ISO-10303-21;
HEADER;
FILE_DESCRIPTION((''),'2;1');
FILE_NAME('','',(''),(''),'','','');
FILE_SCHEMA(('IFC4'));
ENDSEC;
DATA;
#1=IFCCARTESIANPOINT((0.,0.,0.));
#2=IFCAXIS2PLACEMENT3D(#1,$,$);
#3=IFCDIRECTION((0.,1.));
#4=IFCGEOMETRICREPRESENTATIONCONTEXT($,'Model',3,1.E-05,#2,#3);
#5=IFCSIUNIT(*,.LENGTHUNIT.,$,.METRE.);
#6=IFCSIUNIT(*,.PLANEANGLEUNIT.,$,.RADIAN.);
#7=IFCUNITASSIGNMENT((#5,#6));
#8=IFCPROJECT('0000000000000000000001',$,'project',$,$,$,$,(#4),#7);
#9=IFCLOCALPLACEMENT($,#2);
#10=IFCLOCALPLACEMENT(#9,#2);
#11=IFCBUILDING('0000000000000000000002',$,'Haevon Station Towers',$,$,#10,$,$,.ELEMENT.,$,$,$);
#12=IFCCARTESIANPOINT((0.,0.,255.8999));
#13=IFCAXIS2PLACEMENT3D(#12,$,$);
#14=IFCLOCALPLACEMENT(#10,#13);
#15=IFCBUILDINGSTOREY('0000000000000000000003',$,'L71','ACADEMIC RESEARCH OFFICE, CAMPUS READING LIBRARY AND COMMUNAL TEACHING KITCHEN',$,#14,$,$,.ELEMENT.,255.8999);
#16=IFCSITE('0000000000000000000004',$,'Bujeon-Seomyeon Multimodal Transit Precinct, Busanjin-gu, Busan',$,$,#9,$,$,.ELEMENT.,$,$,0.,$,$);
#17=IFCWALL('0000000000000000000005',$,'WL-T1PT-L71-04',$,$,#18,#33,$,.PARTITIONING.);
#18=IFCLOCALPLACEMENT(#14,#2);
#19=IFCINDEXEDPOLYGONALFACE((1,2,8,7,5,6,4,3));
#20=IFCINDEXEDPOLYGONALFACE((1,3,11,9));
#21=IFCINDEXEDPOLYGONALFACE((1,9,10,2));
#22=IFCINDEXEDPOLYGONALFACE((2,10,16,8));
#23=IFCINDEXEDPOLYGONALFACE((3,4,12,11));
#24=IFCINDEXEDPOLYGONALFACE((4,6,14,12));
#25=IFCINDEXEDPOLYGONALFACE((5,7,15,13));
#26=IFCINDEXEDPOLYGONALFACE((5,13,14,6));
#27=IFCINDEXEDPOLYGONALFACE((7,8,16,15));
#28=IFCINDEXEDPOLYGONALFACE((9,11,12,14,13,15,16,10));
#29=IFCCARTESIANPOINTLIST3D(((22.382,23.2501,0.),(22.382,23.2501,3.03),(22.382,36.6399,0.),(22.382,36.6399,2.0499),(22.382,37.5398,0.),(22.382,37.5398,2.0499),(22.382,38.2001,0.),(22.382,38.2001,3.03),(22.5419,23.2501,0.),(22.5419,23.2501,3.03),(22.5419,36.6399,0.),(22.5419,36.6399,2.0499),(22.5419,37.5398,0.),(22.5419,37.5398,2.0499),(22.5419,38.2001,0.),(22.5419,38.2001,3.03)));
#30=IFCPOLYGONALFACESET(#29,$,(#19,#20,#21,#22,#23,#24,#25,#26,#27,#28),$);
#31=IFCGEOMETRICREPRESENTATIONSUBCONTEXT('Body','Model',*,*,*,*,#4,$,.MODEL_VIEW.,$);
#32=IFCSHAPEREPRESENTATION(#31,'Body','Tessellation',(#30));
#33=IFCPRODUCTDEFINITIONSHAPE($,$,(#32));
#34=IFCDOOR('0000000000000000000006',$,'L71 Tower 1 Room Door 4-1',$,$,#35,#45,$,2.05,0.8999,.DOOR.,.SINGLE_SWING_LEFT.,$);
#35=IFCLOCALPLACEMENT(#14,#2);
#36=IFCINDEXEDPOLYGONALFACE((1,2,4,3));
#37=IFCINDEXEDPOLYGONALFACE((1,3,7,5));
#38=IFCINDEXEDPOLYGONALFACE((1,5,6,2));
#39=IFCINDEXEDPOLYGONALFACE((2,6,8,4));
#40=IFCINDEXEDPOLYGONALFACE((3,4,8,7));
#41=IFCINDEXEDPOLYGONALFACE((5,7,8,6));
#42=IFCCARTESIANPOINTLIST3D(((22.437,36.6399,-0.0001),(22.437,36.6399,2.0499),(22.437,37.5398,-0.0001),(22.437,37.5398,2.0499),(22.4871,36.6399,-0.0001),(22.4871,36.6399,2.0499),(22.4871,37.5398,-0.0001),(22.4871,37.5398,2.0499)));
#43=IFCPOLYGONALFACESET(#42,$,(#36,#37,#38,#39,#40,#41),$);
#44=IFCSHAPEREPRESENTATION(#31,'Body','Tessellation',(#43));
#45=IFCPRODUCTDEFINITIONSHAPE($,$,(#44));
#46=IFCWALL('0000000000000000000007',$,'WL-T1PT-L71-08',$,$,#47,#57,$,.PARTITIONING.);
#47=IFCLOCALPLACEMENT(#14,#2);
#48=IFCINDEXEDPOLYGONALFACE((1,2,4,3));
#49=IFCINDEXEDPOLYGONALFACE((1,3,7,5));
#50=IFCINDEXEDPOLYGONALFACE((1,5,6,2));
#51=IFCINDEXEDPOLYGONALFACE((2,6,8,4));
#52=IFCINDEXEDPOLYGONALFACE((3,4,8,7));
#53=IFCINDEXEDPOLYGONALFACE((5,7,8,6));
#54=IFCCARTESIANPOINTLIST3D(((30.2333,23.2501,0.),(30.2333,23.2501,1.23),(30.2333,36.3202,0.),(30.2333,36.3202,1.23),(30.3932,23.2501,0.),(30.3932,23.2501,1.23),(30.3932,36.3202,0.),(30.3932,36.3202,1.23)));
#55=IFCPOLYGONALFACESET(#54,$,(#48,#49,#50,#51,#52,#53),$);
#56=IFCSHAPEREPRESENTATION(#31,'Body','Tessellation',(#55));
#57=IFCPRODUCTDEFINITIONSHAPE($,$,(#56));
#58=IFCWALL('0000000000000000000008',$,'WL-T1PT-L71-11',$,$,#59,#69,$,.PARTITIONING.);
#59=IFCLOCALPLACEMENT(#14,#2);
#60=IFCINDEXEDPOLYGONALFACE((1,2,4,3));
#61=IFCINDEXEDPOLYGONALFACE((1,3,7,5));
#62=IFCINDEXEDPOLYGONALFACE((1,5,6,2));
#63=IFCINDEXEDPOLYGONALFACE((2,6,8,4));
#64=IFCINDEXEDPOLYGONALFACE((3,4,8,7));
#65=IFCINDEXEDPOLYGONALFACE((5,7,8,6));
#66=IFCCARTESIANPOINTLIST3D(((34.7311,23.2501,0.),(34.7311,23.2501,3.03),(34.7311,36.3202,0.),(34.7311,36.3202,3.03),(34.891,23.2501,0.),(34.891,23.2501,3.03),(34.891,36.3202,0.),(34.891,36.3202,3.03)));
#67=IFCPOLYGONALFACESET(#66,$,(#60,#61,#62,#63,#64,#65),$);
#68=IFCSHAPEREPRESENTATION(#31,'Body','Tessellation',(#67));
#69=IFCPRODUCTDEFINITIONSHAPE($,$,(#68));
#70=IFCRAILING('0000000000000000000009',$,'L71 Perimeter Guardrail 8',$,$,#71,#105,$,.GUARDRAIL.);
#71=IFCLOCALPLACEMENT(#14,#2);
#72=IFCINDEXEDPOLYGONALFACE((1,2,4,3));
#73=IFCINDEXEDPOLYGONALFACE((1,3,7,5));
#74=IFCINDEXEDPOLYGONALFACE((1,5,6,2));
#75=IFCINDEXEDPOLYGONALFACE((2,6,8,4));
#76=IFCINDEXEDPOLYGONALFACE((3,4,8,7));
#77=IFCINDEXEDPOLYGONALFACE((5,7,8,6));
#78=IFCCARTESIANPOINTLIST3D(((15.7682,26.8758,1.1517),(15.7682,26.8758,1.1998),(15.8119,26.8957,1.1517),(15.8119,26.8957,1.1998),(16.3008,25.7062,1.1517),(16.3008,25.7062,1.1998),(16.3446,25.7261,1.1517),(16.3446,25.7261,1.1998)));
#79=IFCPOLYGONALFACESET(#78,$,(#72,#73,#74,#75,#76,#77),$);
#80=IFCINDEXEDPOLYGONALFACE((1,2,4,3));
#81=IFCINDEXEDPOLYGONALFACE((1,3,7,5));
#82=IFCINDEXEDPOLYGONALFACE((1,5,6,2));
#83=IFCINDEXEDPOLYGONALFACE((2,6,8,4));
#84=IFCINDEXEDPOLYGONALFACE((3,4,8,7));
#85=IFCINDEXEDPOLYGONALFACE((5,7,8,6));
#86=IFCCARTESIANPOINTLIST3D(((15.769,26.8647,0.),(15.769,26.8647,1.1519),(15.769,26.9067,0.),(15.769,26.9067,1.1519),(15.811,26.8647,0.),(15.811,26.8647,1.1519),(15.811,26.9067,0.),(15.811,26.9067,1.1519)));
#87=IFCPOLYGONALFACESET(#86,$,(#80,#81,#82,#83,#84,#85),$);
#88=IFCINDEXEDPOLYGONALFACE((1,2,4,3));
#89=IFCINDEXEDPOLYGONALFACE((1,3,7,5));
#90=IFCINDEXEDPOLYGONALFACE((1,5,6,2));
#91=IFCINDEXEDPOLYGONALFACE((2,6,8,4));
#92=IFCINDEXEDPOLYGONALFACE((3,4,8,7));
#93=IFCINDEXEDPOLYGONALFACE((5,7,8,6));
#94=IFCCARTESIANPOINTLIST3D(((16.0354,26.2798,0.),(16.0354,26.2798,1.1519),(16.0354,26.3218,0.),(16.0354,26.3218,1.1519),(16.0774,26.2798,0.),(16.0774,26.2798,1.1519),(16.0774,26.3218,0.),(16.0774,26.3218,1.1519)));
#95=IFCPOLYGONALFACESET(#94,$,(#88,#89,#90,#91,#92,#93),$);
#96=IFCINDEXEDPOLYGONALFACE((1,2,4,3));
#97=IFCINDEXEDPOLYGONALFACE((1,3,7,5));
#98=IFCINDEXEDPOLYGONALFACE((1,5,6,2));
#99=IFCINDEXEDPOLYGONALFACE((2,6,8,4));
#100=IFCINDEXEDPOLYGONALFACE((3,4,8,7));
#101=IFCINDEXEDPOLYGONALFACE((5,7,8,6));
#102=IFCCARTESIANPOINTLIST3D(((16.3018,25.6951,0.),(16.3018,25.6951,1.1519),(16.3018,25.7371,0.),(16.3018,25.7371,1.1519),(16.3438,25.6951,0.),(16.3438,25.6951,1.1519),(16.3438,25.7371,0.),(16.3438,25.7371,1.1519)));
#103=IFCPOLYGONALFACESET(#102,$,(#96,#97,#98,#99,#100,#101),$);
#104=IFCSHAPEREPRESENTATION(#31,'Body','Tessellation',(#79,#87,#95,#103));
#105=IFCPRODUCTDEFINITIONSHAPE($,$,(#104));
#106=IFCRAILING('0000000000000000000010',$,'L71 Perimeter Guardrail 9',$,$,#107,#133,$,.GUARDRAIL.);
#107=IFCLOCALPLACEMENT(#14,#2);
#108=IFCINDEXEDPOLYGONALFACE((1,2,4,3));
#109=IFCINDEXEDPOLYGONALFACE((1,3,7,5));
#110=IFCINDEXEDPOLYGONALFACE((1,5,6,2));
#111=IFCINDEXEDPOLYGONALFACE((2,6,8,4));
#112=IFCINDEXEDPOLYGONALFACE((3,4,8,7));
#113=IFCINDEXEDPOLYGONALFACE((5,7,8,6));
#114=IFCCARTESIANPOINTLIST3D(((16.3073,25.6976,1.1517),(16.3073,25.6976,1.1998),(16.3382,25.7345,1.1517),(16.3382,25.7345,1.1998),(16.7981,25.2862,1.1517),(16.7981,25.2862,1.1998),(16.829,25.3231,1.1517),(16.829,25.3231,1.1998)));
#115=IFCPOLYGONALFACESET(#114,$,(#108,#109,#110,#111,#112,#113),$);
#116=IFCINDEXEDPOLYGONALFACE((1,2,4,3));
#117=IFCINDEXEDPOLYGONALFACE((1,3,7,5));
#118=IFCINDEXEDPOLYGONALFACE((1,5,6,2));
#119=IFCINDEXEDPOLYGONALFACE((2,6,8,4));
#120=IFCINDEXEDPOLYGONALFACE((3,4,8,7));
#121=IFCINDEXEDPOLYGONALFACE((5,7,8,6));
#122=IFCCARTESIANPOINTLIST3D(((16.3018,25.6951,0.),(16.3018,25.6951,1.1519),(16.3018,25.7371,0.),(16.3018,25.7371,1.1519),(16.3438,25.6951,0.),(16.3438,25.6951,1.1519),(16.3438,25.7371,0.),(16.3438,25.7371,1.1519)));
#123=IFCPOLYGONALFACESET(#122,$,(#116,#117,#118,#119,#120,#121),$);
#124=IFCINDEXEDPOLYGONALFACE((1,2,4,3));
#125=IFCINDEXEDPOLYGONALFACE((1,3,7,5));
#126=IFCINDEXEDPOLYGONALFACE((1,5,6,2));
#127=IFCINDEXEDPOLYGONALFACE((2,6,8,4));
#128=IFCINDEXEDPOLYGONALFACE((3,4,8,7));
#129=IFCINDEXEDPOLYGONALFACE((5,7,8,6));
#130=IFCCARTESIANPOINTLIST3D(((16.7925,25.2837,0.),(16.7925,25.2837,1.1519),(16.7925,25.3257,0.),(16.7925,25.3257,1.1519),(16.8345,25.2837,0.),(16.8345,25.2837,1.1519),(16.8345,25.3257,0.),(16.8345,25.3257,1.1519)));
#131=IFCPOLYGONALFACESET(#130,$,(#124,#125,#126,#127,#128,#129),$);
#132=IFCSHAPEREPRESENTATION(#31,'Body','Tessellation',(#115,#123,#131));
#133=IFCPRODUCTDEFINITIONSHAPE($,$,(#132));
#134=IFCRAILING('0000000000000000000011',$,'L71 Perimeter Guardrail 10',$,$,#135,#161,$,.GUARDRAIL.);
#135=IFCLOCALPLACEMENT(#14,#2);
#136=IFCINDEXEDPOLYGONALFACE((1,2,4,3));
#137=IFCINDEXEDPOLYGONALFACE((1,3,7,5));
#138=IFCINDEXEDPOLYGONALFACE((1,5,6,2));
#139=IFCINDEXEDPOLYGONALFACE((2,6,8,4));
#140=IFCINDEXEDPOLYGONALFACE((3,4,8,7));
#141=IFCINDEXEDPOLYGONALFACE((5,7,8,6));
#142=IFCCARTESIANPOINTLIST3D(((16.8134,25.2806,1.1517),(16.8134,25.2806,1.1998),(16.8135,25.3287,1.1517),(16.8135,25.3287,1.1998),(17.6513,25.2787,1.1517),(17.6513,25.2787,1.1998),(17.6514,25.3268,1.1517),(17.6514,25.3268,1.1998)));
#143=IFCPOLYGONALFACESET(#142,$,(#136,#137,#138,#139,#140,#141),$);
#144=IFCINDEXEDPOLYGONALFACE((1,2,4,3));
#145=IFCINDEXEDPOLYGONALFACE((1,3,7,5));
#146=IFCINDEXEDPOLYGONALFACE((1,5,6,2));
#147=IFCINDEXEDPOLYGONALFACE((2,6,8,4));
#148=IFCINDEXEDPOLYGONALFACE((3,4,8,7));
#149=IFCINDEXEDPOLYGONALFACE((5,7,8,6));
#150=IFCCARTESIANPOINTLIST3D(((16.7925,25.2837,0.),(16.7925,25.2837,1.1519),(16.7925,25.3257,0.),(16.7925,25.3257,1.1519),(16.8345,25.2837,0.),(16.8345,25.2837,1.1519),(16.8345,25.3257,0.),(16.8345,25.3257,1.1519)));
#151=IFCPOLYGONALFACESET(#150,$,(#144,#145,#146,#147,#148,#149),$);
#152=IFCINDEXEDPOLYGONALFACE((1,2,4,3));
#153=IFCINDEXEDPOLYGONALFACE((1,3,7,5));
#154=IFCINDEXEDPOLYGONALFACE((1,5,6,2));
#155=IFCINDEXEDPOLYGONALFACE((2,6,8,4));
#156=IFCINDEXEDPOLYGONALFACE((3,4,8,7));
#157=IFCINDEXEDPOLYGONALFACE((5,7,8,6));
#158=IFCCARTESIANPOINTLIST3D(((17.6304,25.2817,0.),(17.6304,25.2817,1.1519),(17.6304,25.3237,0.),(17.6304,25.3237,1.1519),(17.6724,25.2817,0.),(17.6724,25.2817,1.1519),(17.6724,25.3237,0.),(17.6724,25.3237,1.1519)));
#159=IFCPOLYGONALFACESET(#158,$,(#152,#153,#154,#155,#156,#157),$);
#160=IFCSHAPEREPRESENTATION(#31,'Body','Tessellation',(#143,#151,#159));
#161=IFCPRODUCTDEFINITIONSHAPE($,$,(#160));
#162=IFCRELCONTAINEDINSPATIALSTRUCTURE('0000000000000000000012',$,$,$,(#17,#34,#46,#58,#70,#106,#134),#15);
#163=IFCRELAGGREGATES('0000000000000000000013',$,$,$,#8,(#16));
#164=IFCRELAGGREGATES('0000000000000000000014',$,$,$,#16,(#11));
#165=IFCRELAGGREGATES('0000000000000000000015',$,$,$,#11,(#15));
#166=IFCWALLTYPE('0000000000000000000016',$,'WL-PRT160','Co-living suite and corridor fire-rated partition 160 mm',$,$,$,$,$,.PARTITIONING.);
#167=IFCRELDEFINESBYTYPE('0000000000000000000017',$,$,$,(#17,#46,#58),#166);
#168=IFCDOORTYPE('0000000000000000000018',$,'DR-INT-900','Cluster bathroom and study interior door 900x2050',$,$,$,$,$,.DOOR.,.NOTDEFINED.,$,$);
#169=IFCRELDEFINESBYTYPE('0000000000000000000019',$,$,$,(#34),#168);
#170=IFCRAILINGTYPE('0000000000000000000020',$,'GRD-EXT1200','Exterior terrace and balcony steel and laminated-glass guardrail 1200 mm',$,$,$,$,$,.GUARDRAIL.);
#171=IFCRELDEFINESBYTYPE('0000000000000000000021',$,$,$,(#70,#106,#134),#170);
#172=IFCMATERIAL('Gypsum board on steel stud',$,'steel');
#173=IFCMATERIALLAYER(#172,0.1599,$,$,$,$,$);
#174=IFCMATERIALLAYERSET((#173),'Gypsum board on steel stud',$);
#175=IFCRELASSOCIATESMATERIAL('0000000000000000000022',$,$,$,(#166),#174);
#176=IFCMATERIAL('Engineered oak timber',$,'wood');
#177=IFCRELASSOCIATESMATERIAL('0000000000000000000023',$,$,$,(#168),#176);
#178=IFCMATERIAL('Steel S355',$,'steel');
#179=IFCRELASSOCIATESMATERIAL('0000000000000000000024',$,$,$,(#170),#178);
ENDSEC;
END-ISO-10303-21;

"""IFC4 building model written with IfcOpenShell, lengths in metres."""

from ifc_helpers import new_model, si_unit, direction, frame, frame_2d, origin, origin_2d, place, context, subcontext, project, spatial, rectangle, extrude, material, layer, layer_set, type_object, element, fill, save


model = new_model("IFC4")

# Units and contexts
model_context = context("Model", 3, precision=1e-05, world=origin(), true_north=direction((0.0, 1.0)))
body_context = subcontext(model_context, "Body", "Model", "MODEL_VIEW")
ifc_project = project(units=[si_unit("LENGTHUNIT", "METRE"), si_unit("PLANEANGLEUNIT", "RADIAN")], contexts=[model_context])

# Site, building, storey
site_placement = place(None, origin())
site = spatial("IfcSite", under=ifc_project, at=site_placement, Name="Bujeon-Seomyeon Multimodal Transit Precinct, Busanjin-gu, Busan", CompositionType="ELEMENT", RefElevation=0.0)
building_placement = place(site_placement, origin())
building = spatial("IfcBuilding", under=site, at=building_placement, Name="Haevon Station Towers", CompositionType="ELEMENT")
storey_placement = place(building_placement, frame((0.0, 0.0, 255.8999)))
storey = spatial("IfcBuildingStorey", under=building, at=storey_placement, Name="L71", Description="ACADEMIC RESEARCH OFFICE, CAMPUS READING LIBRARY AND COMMUNAL TEACHING KITCHEN", CompositionType="ELEMENT", Elevation=255.8999)

# Shared definitions
ifc_material_1 = material(Name="Steel S355", Category="steel")

# Shared definitions
ifc_material_2 = material(Name="Gypsum board on steel stud", Category="steel")
ifc_layer_1 = layer(ifc_material_2, 0.1599)
ifc_layer_set_1 = layer_set([ifc_layer_1], Name="Gypsum board on steel stud")
wall_type_1 = type_object("IfcWallType", Name="WL-PRT160", Description="Co-living suite and corridor fire-rated partition 160 mm", PredefinedType="PARTITIONING", material=ifc_layer_set_1)

# Wall, opening, door
wall_1_placement = place(storey_placement, frame((22.4619, 23.25, 0.0), z_axis=(0.0, 0.0, 1.0), x_axis=(0.0, 1.0, 0.0)))
wall_1 = element("IfcWall", 1, at=wall_1_placement, inside=storey, type_object=wall_type_1, Name="WL-T1PT-L71-04", PredefinedType="PARTITIONING", context=body_context, shape_type="SweptSolid", body=[
    extrude(rectangle(XDim=14.95, YDim=0.1599, at=frame_2d((7.4751, 0.0))), origin(), (0.0, 0.0, 1.0), 3.03),
])
opening_1_placement = place(wall_1_placement, frame((13.3899, 0.0, 0.0)))
opening_1 = element("IfcOpeningElement", 2, at=opening_1_placement, cuts=wall_1, PredefinedType="OPENING", context=body_context, shape_type="SweptSolid", body=[
    extrude(rectangle(XDim=0.8999, YDim=2.05, at=frame_2d((0.45, 1.0249))), frame((0.0, 0.0898, 0.0), z_axis=(0.0, -1.0, 0.0), x_axis=(1.0, 0.0, 0.0)), (0.0, 0.0, 1.0), 0.1799),
])
ifc_material_3 = material(Name="Engineered oak timber", Category="wood")
door_type_1 = type_object("IfcDoorType", Name="DR-INT-900", Description="Cluster bathroom and study interior door 900x2050", OperationType="NOTDEFINED", PredefinedType="DOOR", material=ifc_material_3)
door_1_placement = place(opening_1_placement, origin())
door_1 = element("IfcDoor", 3, at=door_1_placement, inside=storey, type_object=door_type_1, Name="L71 Tower 1 Room Door 4-1", OperationType="SINGLE_SWING_LEFT", OverallHeight=2.05, OverallWidth=0.8999, PredefinedType="DOOR", context=body_context, shape_type="SweptSolid", body=[
    extrude(rectangle(XDim=0.8999, YDim=2.05, at=frame_2d((0.45, 1.0249))), frame((0.0, 0.0249, 0.0), z_axis=(0.0, -1.0, 0.0), x_axis=(1.0, 0.0, 0.0)), (0.0, 0.0, 1.0), 0.05),
])
fill(opening_1, door_1)

# Walls
wall_2_placement = place(storey_placement, frame((30.3132, 23.25, 0.0), z_axis=(0.0, 0.0, 1.0), x_axis=(0.0, 1.0, 0.0)))
element("IfcWall", 4, at=wall_2_placement, inside=storey, type_object=wall_type_1, Name="WL-T1PT-L71-08", PredefinedType="PARTITIONING", context=body_context, shape_type="SweptSolid", body=[
    extrude(rectangle(XDim=13.0701, YDim=0.1599, at=frame_2d((6.5352, 0.0))), origin(), (0.0, 0.0, 1.0), 1.23),
])
wall_3_placement = place(storey_placement, frame((34.811, 23.25, 0.0), z_axis=(0.0, 0.0, 1.0), x_axis=(0.0, 1.0, 0.0)))
element("IfcWall", 5, at=wall_3_placement, inside=storey, type_object=wall_type_1, Name="WL-T1PT-L71-11", PredefinedType="PARTITIONING", context=body_context, shape_type="SweptSolid", body=[
    extrude(rectangle(XDim=13.0701, YDim=0.1599, at=frame_2d((6.5352, 0.0))), origin(), (0.0, 0.0, 1.0), 3.03),
])

# Railings
railing_type = type_object("IfcRailingType", Name="GRD-EXT1200", Description="Exterior terrace and balcony steel and laminated-glass guardrail 1200 mm", PredefinedType="GUARDRAIL", material=ifc_material_1)
railing_1_placement = place(storey_placement, frame((15.79, 26.8857, 0.0)))
element("IfcRailing", 6, at=railing_1_placement, inside=storey, type_object=railing_type, Name="L71 Perimeter Guardrail 8", PredefinedType="GUARDRAIL", context=body_context, shape_type="SweptSolid", body=[
    extrude(rectangle(XDim=0.0481, YDim=0.0481, at=origin_2d()), frame((0.0, 0.0, 1.1758), z_axis=(0.414475, -0.91006, 0.0), x_axis=(0.91006, 0.414475, 0.0)), (0.0, 0.0, 1.0), 1.2852),
    extrude(rectangle(XDim=0.042, YDim=0.042, at=origin_2d()), origin(), (0.0, 0.0, 1.0), 1.1519),
    extrude(rectangle(XDim=0.042, YDim=0.042, at=origin_2d()), frame((0.2664, -0.585, 0.0)), (0.0, 0.0, 1.0), 1.1519),
    extrude(rectangle(XDim=0.042, YDim=0.042, at=origin_2d()), frame((0.5327, -1.1697, 0.0)), (0.0, 0.0, 1.0), 1.1519),
])
railing_2_placement = place(storey_placement, frame((16.3228, 25.7161, 0.0)))
element("IfcRailing", 7, at=railing_2_placement, inside=storey, type_object=railing_type, Name="L71 Perimeter Guardrail 9", PredefinedType="GUARDRAIL", context=body_context, shape_type="SweptSolid", body=[
    extrude(rectangle(XDim=0.0481, YDim=0.0481, at=origin_2d()), frame((0.0, 0.0, 1.1758), z_axis=(0.766343, -0.642432, 0.0), x_axis=(0.642432, 0.766343, 0.0)), (0.0, 0.0, 1.0), 0.6404),
    extrude(rectangle(XDim=0.042, YDim=0.042, at=origin_2d()), origin(), (0.0, 0.0, 1.0), 1.1519),
    extrude(rectangle(XDim=0.042, YDim=0.042, at=origin_2d()), frame((0.4907, -0.4114, 0.0)), (0.0, 0.0, 1.0), 1.1519),
])
railing_3_placement = place(storey_placement, frame((16.8135, 25.3047, 0.0)))
element("IfcRailing", 8, at=railing_3_placement, inside=storey, type_object=railing_type, Name="L71 Perimeter Guardrail 10", PredefinedType="GUARDRAIL", context=body_context, shape_type="SweptSolid", body=[
    extrude(rectangle(XDim=0.0481, YDim=0.0481, at=origin_2d()), frame((0.0, 0.0, 1.1758), z_axis=(0.999997, -0.002331, 0.0), x_axis=(0.002331, 0.999997, 0.0)), (0.0, 0.0, 1.0), 0.8379),
    extrude(rectangle(XDim=0.042, YDim=0.042, at=origin_2d()), origin(), (0.0, 0.0, 1.0), 1.1519),
    extrude(rectangle(XDim=0.042, YDim=0.042, at=origin_2d()), frame((0.8379, -0.002, 0.0)), (0.0, 0.0, 1.0), 1.1519),
])

save(model, "model.ifc")
